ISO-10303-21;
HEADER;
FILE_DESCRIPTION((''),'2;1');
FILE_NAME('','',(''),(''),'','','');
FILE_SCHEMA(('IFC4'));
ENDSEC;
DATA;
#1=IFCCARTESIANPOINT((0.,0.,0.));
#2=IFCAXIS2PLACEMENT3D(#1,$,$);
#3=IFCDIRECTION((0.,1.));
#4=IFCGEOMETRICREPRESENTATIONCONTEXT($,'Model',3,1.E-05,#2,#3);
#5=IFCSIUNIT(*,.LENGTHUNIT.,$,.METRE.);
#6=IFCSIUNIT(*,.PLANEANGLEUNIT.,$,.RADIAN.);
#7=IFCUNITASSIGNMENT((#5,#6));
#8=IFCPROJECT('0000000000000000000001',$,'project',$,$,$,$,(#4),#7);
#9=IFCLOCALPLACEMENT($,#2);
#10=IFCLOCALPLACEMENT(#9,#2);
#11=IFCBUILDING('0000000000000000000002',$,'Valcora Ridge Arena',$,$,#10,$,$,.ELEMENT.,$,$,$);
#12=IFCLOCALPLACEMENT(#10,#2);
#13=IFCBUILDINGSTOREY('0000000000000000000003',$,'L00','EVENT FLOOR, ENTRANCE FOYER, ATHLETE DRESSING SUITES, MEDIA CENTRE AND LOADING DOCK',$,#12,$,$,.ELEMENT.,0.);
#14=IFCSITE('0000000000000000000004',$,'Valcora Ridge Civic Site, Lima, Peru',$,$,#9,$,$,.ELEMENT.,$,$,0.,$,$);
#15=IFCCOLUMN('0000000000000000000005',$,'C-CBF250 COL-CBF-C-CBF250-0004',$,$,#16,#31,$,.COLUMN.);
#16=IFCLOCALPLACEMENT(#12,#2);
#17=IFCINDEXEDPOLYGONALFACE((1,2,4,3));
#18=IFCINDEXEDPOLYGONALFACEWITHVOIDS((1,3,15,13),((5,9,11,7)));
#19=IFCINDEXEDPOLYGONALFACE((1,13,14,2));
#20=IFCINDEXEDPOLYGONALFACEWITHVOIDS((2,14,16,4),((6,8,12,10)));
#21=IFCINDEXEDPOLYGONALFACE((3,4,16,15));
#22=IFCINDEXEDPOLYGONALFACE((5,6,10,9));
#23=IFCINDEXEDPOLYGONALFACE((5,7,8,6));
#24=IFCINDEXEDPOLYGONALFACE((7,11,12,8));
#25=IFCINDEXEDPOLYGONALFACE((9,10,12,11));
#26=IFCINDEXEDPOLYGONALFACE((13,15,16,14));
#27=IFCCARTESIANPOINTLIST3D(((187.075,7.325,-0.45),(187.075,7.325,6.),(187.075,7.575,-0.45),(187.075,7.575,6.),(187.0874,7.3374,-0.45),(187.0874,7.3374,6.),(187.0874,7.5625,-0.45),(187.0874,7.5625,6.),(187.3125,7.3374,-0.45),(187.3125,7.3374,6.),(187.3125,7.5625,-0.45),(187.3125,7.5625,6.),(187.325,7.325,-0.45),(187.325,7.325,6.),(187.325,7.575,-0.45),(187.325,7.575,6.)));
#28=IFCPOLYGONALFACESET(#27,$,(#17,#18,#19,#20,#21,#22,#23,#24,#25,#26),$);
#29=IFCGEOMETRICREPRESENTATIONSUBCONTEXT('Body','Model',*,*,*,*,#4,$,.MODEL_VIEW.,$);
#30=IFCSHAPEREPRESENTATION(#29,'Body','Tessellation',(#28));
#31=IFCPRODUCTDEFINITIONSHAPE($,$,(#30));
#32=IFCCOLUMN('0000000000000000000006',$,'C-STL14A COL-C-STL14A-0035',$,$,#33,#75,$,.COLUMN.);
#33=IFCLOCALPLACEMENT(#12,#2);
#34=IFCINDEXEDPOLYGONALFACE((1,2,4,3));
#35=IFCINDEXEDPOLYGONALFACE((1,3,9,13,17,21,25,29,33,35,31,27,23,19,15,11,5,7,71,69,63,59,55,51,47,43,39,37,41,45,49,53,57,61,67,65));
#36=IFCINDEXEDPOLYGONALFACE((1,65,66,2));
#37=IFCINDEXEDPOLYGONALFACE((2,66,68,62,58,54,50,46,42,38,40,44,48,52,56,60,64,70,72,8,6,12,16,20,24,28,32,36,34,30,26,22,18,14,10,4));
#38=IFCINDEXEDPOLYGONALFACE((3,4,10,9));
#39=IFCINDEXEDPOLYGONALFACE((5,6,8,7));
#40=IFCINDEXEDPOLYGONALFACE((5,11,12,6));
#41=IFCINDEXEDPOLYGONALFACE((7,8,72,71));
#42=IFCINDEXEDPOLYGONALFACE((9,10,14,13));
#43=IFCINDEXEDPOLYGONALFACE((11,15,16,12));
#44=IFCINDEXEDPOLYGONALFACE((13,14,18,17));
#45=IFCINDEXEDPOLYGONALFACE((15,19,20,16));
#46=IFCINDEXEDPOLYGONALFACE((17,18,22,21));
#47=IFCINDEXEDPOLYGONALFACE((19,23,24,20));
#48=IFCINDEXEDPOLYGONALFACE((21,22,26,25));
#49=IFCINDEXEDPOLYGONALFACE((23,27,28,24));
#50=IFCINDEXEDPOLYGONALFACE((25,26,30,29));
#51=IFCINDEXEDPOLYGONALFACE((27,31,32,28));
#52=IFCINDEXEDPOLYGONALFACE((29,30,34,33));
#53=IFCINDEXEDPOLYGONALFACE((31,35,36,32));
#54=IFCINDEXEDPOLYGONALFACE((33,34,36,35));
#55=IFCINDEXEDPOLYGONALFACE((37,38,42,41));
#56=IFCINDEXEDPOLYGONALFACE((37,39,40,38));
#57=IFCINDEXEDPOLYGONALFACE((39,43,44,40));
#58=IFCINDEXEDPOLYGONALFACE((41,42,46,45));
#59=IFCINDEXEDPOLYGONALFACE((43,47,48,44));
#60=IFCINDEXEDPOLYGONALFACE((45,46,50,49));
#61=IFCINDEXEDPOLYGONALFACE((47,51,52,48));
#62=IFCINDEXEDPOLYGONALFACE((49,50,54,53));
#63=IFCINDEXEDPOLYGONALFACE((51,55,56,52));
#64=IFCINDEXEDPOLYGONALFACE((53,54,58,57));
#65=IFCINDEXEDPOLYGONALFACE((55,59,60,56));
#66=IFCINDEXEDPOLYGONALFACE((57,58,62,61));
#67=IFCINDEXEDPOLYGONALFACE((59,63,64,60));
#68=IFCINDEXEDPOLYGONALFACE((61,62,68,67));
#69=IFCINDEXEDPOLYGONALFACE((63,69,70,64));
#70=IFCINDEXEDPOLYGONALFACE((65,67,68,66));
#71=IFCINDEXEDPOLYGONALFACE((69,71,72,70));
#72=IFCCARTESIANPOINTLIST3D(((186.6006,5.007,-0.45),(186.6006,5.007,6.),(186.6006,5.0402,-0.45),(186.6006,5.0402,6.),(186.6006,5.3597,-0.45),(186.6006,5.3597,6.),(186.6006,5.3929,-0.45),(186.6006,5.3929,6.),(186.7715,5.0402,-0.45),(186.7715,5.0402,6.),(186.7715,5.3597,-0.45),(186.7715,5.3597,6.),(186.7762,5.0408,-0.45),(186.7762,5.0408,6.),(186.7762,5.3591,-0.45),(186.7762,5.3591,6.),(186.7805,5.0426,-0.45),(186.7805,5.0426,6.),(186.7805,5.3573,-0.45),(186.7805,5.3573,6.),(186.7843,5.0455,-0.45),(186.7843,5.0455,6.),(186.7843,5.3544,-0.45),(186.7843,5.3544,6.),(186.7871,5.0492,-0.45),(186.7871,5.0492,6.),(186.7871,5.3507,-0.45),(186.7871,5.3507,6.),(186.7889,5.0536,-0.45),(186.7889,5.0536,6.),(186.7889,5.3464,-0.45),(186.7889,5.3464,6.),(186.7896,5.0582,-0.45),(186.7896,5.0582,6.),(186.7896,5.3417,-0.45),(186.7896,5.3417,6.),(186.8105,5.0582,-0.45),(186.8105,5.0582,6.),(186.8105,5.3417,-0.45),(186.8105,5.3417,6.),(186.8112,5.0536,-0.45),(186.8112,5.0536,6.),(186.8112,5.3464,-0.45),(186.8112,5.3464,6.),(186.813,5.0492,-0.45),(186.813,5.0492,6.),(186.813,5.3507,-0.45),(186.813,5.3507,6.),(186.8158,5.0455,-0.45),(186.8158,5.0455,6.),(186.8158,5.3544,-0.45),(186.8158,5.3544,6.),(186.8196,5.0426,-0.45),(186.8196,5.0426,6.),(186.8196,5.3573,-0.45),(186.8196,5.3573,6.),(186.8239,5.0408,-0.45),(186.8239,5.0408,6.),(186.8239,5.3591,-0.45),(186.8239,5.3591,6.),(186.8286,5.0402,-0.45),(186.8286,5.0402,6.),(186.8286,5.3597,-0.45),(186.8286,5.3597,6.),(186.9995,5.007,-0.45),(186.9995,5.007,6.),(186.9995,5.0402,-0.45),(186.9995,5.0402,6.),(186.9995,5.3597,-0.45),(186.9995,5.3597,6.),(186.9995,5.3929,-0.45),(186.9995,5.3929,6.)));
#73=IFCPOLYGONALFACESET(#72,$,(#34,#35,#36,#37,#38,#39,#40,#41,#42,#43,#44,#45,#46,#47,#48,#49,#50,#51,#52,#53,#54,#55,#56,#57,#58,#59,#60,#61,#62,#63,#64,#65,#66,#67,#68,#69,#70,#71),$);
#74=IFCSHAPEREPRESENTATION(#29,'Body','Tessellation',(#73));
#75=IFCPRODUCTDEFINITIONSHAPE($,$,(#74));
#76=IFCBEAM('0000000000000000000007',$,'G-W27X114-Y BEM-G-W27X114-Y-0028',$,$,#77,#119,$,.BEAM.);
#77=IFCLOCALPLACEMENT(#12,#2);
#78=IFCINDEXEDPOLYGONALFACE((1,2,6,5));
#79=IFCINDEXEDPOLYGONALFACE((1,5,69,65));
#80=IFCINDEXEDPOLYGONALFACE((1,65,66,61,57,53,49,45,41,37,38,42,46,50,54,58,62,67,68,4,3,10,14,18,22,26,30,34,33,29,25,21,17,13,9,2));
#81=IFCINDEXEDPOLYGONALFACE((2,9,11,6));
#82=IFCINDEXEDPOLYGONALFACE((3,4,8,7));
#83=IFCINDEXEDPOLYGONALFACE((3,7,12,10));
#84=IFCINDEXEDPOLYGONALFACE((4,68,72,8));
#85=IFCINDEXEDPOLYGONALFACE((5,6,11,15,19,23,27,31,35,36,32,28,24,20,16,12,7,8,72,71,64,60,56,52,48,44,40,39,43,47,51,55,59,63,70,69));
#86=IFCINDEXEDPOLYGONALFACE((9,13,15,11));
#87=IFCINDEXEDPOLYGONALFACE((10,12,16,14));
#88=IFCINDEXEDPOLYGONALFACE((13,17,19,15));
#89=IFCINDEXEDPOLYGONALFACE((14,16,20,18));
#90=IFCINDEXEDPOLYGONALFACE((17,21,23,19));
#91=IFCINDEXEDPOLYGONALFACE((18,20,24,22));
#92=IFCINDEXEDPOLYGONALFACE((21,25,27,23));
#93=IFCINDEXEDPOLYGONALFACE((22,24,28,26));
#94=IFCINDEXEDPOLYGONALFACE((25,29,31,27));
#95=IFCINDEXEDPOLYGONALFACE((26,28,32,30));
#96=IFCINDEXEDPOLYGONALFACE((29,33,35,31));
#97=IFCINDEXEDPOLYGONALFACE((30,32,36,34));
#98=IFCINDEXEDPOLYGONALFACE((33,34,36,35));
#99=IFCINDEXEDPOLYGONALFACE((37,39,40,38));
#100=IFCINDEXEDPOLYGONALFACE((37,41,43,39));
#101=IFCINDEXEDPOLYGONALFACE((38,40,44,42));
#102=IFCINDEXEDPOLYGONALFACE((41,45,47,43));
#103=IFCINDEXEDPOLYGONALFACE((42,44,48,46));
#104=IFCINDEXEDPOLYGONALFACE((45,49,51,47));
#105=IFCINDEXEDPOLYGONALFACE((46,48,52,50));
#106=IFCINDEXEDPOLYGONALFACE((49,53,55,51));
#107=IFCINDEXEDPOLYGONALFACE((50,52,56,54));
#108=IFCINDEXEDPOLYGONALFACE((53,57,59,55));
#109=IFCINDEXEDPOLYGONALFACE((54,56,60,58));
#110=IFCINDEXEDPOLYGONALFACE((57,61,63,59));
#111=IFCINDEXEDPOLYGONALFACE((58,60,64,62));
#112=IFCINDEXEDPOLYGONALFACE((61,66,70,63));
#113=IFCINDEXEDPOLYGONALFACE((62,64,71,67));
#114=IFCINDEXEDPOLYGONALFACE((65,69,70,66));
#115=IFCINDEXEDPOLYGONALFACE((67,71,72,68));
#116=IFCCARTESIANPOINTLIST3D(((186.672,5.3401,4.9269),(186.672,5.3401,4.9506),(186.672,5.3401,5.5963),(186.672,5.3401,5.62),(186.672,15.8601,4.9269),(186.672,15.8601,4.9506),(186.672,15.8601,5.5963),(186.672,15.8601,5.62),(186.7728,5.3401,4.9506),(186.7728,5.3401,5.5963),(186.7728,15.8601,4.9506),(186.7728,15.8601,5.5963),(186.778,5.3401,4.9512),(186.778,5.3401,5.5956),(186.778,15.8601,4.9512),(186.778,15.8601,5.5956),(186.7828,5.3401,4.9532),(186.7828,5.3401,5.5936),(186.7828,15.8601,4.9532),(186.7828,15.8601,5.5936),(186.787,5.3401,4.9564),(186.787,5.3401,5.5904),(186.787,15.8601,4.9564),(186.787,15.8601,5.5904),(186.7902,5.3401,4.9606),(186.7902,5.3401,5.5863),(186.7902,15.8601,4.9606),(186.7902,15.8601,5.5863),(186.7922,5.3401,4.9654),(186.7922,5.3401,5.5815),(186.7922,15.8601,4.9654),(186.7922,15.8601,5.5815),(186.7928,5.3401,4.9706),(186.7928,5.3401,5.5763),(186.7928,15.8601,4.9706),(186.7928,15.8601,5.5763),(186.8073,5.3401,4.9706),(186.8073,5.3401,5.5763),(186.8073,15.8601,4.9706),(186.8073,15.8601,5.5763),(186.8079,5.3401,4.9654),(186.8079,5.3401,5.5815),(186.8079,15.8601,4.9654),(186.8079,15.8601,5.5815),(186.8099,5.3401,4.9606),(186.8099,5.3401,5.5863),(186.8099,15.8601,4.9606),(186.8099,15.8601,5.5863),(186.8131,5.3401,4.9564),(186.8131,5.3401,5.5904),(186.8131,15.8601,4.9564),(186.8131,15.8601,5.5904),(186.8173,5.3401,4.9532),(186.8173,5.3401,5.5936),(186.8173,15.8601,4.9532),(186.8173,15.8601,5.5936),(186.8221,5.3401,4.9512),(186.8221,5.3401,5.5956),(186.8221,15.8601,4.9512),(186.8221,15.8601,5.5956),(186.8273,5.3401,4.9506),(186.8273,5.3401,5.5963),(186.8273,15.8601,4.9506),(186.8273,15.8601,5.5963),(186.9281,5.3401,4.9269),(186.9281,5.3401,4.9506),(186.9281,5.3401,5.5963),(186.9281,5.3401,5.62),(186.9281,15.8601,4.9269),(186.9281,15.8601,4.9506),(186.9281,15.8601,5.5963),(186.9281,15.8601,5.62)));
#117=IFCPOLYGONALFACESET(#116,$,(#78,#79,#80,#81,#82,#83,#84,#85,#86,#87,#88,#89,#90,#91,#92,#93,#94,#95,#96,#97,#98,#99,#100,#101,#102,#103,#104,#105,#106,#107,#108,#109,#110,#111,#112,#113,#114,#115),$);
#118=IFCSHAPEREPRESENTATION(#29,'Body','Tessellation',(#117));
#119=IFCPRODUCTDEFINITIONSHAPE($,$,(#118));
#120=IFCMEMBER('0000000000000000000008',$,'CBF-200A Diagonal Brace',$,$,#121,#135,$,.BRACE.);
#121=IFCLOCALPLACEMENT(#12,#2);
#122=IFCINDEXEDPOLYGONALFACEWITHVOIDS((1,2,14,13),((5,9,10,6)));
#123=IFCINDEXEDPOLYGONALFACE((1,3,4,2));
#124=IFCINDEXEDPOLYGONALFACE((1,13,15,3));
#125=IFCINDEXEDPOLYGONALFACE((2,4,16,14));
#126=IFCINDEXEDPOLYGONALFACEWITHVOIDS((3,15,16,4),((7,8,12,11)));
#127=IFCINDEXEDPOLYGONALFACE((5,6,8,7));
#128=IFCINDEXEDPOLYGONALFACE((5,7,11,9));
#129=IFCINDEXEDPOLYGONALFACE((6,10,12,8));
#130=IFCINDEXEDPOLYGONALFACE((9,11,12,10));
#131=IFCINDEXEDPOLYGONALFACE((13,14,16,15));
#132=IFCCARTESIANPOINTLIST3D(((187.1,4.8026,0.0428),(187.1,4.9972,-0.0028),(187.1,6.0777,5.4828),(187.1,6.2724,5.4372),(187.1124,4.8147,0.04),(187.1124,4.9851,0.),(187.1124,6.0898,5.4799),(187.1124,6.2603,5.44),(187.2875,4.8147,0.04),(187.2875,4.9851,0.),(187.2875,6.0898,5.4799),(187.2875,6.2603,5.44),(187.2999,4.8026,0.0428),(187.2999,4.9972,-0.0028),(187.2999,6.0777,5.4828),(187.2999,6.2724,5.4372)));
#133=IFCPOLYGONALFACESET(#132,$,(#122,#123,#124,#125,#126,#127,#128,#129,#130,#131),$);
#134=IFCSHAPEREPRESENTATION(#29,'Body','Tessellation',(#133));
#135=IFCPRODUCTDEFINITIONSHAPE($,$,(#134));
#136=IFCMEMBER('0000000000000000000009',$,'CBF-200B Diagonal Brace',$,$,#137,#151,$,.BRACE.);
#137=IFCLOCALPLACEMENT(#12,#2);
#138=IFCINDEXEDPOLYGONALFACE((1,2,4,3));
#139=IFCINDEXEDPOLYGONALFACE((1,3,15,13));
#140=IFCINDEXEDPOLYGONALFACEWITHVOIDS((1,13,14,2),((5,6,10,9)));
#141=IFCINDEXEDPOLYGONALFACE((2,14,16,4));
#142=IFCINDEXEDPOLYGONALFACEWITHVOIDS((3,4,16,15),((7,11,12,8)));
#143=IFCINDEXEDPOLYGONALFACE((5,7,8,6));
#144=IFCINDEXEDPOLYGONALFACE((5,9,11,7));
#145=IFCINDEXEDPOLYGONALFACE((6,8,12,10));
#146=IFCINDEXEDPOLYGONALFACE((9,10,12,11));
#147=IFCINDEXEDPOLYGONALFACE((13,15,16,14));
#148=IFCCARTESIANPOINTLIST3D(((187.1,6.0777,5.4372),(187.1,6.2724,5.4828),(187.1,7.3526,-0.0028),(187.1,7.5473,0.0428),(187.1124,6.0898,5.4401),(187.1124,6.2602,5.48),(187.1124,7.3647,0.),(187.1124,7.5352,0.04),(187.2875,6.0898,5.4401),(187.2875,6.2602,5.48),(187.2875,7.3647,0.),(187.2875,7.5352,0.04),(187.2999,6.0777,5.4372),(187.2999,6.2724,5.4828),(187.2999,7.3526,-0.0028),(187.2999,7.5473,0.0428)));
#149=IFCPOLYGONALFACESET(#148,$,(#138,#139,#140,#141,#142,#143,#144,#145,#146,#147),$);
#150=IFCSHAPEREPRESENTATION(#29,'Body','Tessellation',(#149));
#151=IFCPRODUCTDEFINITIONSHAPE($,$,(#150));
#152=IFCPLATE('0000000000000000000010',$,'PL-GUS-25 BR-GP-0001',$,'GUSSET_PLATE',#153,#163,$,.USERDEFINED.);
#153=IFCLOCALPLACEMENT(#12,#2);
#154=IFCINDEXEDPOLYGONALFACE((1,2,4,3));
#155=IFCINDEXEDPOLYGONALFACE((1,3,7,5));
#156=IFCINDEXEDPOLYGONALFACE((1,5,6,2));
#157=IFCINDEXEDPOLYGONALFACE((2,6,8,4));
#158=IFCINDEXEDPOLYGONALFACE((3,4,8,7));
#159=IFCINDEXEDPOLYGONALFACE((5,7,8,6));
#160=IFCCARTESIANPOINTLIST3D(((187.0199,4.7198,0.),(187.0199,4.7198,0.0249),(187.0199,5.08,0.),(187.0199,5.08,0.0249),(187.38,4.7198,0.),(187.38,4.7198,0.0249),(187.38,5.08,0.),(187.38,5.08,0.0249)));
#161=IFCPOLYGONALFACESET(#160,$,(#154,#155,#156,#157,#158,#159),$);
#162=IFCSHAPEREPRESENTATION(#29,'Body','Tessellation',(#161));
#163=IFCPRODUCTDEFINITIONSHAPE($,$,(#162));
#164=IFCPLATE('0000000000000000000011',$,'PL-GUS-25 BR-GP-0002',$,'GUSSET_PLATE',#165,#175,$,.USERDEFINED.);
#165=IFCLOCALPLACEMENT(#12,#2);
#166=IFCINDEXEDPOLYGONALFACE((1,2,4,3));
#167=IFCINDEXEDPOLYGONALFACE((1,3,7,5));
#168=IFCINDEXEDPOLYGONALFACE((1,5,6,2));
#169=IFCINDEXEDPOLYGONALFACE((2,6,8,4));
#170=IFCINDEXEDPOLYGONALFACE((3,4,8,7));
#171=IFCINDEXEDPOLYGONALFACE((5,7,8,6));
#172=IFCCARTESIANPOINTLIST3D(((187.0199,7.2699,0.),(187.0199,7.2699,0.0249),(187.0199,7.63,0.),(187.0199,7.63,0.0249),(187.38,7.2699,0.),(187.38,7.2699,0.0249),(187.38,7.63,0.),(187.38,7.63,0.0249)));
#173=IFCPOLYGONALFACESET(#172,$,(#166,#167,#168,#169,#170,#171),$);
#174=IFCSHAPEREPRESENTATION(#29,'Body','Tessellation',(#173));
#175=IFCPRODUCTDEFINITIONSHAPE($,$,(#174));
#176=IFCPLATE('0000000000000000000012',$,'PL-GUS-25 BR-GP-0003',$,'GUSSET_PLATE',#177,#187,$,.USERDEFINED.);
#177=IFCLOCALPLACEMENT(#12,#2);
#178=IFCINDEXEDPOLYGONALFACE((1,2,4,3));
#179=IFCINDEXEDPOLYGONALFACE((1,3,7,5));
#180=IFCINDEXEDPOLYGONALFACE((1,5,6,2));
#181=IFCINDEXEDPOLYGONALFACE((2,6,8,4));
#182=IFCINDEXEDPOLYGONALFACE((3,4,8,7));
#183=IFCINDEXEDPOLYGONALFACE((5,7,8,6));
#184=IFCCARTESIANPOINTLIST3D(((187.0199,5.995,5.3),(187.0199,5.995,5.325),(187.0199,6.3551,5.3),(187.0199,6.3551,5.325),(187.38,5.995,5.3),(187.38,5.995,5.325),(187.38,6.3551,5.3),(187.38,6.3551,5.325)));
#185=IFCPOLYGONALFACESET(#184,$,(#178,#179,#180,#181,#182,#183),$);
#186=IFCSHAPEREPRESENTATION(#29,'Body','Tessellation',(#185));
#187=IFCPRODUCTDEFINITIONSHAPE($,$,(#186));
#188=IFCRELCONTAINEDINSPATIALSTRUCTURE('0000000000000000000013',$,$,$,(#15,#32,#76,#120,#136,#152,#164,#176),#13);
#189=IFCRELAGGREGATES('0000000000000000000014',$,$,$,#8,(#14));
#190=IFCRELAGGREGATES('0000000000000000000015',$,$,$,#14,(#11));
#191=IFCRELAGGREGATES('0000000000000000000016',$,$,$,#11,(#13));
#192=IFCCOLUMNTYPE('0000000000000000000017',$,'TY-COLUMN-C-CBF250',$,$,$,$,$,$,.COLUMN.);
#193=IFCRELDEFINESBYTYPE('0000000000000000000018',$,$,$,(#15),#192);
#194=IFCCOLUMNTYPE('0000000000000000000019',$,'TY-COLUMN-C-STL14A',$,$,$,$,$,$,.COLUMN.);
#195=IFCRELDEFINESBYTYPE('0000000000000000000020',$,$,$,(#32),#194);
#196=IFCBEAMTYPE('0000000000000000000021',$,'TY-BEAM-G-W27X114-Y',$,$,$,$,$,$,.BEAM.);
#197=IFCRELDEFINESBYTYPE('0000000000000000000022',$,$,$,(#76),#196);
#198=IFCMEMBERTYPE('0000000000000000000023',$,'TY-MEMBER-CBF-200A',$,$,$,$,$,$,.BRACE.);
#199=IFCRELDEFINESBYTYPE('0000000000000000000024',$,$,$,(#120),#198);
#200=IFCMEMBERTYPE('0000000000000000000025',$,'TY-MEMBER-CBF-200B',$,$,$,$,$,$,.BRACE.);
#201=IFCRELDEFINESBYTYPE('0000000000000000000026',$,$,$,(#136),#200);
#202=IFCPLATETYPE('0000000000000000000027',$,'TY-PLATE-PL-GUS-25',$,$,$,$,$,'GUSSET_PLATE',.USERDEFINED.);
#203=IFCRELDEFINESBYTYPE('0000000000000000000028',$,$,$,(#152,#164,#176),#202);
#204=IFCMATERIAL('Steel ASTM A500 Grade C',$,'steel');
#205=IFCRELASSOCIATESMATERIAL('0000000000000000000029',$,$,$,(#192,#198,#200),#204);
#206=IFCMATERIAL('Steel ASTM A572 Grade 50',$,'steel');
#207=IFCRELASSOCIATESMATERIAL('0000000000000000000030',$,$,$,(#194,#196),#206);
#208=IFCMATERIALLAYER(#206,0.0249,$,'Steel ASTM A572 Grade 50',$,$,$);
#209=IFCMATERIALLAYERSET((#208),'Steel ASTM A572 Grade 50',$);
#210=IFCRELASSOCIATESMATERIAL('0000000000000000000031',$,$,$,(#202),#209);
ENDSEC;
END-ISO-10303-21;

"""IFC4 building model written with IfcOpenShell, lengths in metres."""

from ifc_helpers import new_model, si_unit, direction, frame, origin, origin_2d, place, context, subcontext, project, spatial, rectangle, hollow_rectangle, i_section, extrude, material, layer, layer_set, material_profile, profile_set, type_object, element, save


model = new_model("IFC4")

# Units and contexts
model_context = context("Model", 3, precision=1e-05, world=origin(), true_north=direction((0.0, 1.0)))
body_context = subcontext(model_context, "Body", "Model", "MODEL_VIEW")
ifc_project = project(units=[si_unit("LENGTHUNIT", "METRE"), si_unit("PLANEANGLEUNIT", "RADIAN")], contexts=[model_context])

# Site, building, storey
site_placement = place(None, origin())
site = spatial("IfcSite", under=ifc_project, at=site_placement, Name="Valcora Ridge Civic Site, Lima, Peru", CompositionType="ELEMENT", RefElevation=0.0)
building_placement = place(site_placement, origin())
building = spatial("IfcBuilding", under=site, at=building_placement, Name="Valcora Ridge Arena", CompositionType="ELEMENT")
storey_placement = place(building_placement, origin())
storey = spatial("IfcBuildingStorey", under=building, at=storey_placement, Name="L00", Description="EVENT FLOOR, ENTRANCE FOYER, ATHLETE DRESSING SUITES, MEDIA CENTRE AND LOADING DOCK", CompositionType="ELEMENT", Elevation=0.0)

# Columns
ifc_material_1 = material(Name="Steel ASTM A500 Grade C", Category="steel")
ifc_material_profile_1 = material_profile(ifc_material_1, hollow_rectangle(XDim=0.25, YDim=0.25, WallThickness=0.0125, at=origin_2d()), Name="HSS250X250X12")
ifc_profile_set_1 = profile_set([ifc_material_profile_1], Name="Steel ASTM A500 Grade C")
column_type_1 = type_object("IfcColumnType", Name="TY-COLUMN-C-CBF250", PredefinedType="COLUMN", material=ifc_profile_set_1)
column_1_placement = place(storey_placement, frame((187.2, 7.45, -0.45), z_axis=(0.0, 0.0, 1.0), x_axis=(1.0, 0.0, 0.0)))
element("IfcColumn", 1, at=column_1_placement, inside=storey, type_object=column_type_1, Name="C-CBF250 COL-CBF-C-CBF250-0004", PredefinedType="COLUMN", context=body_context, shape_type="SweptSolid", body=[
    extrude(hollow_rectangle(XDim=0.25, YDim=0.25, WallThickness=0.0125, at=origin_2d()), origin(), (0.0, 0.0, 1.0), 6.45),
])
ifc_material_2 = material(Name="Steel ASTM A572 Grade 50", Category="steel")
ifc_material_profile_2 = material_profile(ifc_material_2, i_section(OverallWidth=0.3989, OverallDepth=0.386, WebThickness=0.021, FlangeThickness=0.0332, FilletRadius=0.0181, at=origin_2d()), Name="W14X176")
ifc_profile_set_2 = profile_set([ifc_material_profile_2], Name="Steel ASTM A572 Grade 50")
column_type_2 = type_object("IfcColumnType", Name="TY-COLUMN-C-STL14A", PredefinedType="COLUMN", material=ifc_profile_set_2)
column_2_placement = place(storey_placement, frame((186.8, 5.2, -0.45), z_axis=(0.0, 0.0, 1.0), x_axis=(1.0, 0.0, 0.0)))
element("IfcColumn", 2, at=column_2_placement, inside=storey, type_object=column_type_2, Name="C-STL14A COL-C-STL14A-0035", PredefinedType="COLUMN", context=body_context, shape_type="SweptSolid", body=[
    extrude(i_section(OverallWidth=0.3989, OverallDepth=0.386, WebThickness=0.021, FlangeThickness=0.0332, FilletRadius=0.0181, at=origin_2d()), origin(), (0.0, 0.0, 1.0), 6.45),
])

# Beam
ifc_material_profile_3 = material_profile(ifc_material_2, i_section(OverallWidth=0.2561, OverallDepth=0.6931, WebThickness=0.0144, FlangeThickness=0.0237, FilletRadius=0.02, at=origin_2d()), Name="W27X114")
ifc_profile_set_3 = profile_set([ifc_material_profile_3], Name="Steel ASTM A572 Grade 50")
beam_type = type_object("IfcBeamType", Name="TY-BEAM-G-W27X114-Y", PredefinedType="BEAM", material=ifc_profile_set_3)
beam_placement = place(storey_placement, frame((186.8, 5.3401, 5.2734), z_axis=(0.0, 1.0, 0.0), x_axis=(-1.0, 0.0, 0.0)))
element("IfcBeam", 3, at=beam_placement, inside=storey, type_object=beam_type, Name="G-W27X114-Y BEM-G-W27X114-Y-0028", PredefinedType="BEAM", context=body_context, shape_type="SweptSolid", body=[
    extrude(i_section(OverallWidth=0.2561, OverallDepth=0.6931, WebThickness=0.0144, FlangeThickness=0.0237, FilletRadius=0.02, at=origin_2d()), origin(), (0.0, 0.0, 1.0), 10.52),
])

# Members
ifc_material_profile_4 = material_profile(ifc_material_1, hollow_rectangle(XDim=0.2, YDim=0.2, WallThickness=0.0125, at=origin_2d()), Name="HSS200X200X12")
ifc_profile_set_4 = profile_set([ifc_material_profile_4], Name="Steel ASTM A500 Grade C")
member_type_1 = type_object("IfcMemberType", Name="TY-MEMBER-CBF-200A", PredefinedType="BRACE", material=ifc_profile_set_4)
member_1_placement = place(storey_placement, frame((187.2, 4.8999, 0.02), z_axis=(0.0, 0.228219, 0.97361), x_axis=(-1.0, 0.0, 0.0)))
element("IfcMember", 4, at=member_1_placement, inside=storey, type_object=member_type_1, Name="CBF-200A Diagonal Brace", PredefinedType="BRACE", context=body_context, shape_type="SweptSolid", body=[
    extrude(hollow_rectangle(XDim=0.2, YDim=0.2, WallThickness=0.0125, at=origin_2d()), origin(), (0.0, 0.0, 1.0), 5.5874),
])
ifc_material_profile_5 = material_profile(ifc_material_1, hollow_rectangle(XDim=0.2, YDim=0.2, WallThickness=0.0125, at=origin_2d()), Name="HSS200X200X12")
ifc_profile_set_5 = profile_set([ifc_material_profile_5], Name="Steel ASTM A500 Grade C")
member_type_2 = type_object("IfcMemberType", Name="TY-MEMBER-CBF-200B", PredefinedType="BRACE", material=ifc_profile_set_5)
member_2_placement = place(storey_placement, frame((187.2, 7.45, 0.02), z_axis=(0.0, -0.228177, 0.97362), x_axis=(1.0, 0.0, 0.0)))
element("IfcMember", 5, at=member_2_placement, inside=storey, type_object=member_type_2, Name="CBF-200B Diagonal Brace", PredefinedType="BRACE", context=body_context, shape_type="SweptSolid", body=[
    extrude(hollow_rectangle(XDim=0.2, YDim=0.2, WallThickness=0.0125, at=origin_2d()), origin(), (0.0, 0.0, 1.0), 5.5874),
])

# Plates
ifc_layer_1 = layer(ifc_material_2, 0.0249, Name="Steel ASTM A572 Grade 50")
ifc_layer_set_1 = layer_set([ifc_layer_1], Name="Steel ASTM A572 Grade 50")
plate_type = type_object("IfcPlateType", Name="TY-PLATE-PL-GUS-25", ElementType="GUSSET_PLATE", PredefinedType="USERDEFINED", material=ifc_layer_set_1)
for number, where, z_axis, x_axis, name in (
    (6, (187.2, 4.8999, 0.0), (0.0, 0.0, 1.0), (1.0, 0.0, 0.0), "PL-GUS-25 BR-GP-0001"),
    (7, (187.2, 7.45, 0.0), (0.0, 0.0, 1.0), (1.0, 0.0, 0.0), "PL-GUS-25 BR-GP-0002"),
    (8, (187.2, 6.175, 5.3), (0.0, 0.0, 1.0), (1.0, 0.0, 0.0), "PL-GUS-25 BR-GP-0003"),
):
    element("IfcPlate", number, at=place(storey_placement, frame(where, z_axis=z_axis, x_axis=x_axis)), inside=storey, type_object=plate_type, Name=name, ObjectType="GUSSET_PLATE", PredefinedType="USERDEFINED", context=body_context, shape_type="SweptSolid", body=[
        extrude(rectangle(XDim=0.3601, YDim=0.3601, at=origin_2d()), origin(), (0.0, 0.0, 1.0), 0.0249),
    ])

save(model, "model.ifc")
